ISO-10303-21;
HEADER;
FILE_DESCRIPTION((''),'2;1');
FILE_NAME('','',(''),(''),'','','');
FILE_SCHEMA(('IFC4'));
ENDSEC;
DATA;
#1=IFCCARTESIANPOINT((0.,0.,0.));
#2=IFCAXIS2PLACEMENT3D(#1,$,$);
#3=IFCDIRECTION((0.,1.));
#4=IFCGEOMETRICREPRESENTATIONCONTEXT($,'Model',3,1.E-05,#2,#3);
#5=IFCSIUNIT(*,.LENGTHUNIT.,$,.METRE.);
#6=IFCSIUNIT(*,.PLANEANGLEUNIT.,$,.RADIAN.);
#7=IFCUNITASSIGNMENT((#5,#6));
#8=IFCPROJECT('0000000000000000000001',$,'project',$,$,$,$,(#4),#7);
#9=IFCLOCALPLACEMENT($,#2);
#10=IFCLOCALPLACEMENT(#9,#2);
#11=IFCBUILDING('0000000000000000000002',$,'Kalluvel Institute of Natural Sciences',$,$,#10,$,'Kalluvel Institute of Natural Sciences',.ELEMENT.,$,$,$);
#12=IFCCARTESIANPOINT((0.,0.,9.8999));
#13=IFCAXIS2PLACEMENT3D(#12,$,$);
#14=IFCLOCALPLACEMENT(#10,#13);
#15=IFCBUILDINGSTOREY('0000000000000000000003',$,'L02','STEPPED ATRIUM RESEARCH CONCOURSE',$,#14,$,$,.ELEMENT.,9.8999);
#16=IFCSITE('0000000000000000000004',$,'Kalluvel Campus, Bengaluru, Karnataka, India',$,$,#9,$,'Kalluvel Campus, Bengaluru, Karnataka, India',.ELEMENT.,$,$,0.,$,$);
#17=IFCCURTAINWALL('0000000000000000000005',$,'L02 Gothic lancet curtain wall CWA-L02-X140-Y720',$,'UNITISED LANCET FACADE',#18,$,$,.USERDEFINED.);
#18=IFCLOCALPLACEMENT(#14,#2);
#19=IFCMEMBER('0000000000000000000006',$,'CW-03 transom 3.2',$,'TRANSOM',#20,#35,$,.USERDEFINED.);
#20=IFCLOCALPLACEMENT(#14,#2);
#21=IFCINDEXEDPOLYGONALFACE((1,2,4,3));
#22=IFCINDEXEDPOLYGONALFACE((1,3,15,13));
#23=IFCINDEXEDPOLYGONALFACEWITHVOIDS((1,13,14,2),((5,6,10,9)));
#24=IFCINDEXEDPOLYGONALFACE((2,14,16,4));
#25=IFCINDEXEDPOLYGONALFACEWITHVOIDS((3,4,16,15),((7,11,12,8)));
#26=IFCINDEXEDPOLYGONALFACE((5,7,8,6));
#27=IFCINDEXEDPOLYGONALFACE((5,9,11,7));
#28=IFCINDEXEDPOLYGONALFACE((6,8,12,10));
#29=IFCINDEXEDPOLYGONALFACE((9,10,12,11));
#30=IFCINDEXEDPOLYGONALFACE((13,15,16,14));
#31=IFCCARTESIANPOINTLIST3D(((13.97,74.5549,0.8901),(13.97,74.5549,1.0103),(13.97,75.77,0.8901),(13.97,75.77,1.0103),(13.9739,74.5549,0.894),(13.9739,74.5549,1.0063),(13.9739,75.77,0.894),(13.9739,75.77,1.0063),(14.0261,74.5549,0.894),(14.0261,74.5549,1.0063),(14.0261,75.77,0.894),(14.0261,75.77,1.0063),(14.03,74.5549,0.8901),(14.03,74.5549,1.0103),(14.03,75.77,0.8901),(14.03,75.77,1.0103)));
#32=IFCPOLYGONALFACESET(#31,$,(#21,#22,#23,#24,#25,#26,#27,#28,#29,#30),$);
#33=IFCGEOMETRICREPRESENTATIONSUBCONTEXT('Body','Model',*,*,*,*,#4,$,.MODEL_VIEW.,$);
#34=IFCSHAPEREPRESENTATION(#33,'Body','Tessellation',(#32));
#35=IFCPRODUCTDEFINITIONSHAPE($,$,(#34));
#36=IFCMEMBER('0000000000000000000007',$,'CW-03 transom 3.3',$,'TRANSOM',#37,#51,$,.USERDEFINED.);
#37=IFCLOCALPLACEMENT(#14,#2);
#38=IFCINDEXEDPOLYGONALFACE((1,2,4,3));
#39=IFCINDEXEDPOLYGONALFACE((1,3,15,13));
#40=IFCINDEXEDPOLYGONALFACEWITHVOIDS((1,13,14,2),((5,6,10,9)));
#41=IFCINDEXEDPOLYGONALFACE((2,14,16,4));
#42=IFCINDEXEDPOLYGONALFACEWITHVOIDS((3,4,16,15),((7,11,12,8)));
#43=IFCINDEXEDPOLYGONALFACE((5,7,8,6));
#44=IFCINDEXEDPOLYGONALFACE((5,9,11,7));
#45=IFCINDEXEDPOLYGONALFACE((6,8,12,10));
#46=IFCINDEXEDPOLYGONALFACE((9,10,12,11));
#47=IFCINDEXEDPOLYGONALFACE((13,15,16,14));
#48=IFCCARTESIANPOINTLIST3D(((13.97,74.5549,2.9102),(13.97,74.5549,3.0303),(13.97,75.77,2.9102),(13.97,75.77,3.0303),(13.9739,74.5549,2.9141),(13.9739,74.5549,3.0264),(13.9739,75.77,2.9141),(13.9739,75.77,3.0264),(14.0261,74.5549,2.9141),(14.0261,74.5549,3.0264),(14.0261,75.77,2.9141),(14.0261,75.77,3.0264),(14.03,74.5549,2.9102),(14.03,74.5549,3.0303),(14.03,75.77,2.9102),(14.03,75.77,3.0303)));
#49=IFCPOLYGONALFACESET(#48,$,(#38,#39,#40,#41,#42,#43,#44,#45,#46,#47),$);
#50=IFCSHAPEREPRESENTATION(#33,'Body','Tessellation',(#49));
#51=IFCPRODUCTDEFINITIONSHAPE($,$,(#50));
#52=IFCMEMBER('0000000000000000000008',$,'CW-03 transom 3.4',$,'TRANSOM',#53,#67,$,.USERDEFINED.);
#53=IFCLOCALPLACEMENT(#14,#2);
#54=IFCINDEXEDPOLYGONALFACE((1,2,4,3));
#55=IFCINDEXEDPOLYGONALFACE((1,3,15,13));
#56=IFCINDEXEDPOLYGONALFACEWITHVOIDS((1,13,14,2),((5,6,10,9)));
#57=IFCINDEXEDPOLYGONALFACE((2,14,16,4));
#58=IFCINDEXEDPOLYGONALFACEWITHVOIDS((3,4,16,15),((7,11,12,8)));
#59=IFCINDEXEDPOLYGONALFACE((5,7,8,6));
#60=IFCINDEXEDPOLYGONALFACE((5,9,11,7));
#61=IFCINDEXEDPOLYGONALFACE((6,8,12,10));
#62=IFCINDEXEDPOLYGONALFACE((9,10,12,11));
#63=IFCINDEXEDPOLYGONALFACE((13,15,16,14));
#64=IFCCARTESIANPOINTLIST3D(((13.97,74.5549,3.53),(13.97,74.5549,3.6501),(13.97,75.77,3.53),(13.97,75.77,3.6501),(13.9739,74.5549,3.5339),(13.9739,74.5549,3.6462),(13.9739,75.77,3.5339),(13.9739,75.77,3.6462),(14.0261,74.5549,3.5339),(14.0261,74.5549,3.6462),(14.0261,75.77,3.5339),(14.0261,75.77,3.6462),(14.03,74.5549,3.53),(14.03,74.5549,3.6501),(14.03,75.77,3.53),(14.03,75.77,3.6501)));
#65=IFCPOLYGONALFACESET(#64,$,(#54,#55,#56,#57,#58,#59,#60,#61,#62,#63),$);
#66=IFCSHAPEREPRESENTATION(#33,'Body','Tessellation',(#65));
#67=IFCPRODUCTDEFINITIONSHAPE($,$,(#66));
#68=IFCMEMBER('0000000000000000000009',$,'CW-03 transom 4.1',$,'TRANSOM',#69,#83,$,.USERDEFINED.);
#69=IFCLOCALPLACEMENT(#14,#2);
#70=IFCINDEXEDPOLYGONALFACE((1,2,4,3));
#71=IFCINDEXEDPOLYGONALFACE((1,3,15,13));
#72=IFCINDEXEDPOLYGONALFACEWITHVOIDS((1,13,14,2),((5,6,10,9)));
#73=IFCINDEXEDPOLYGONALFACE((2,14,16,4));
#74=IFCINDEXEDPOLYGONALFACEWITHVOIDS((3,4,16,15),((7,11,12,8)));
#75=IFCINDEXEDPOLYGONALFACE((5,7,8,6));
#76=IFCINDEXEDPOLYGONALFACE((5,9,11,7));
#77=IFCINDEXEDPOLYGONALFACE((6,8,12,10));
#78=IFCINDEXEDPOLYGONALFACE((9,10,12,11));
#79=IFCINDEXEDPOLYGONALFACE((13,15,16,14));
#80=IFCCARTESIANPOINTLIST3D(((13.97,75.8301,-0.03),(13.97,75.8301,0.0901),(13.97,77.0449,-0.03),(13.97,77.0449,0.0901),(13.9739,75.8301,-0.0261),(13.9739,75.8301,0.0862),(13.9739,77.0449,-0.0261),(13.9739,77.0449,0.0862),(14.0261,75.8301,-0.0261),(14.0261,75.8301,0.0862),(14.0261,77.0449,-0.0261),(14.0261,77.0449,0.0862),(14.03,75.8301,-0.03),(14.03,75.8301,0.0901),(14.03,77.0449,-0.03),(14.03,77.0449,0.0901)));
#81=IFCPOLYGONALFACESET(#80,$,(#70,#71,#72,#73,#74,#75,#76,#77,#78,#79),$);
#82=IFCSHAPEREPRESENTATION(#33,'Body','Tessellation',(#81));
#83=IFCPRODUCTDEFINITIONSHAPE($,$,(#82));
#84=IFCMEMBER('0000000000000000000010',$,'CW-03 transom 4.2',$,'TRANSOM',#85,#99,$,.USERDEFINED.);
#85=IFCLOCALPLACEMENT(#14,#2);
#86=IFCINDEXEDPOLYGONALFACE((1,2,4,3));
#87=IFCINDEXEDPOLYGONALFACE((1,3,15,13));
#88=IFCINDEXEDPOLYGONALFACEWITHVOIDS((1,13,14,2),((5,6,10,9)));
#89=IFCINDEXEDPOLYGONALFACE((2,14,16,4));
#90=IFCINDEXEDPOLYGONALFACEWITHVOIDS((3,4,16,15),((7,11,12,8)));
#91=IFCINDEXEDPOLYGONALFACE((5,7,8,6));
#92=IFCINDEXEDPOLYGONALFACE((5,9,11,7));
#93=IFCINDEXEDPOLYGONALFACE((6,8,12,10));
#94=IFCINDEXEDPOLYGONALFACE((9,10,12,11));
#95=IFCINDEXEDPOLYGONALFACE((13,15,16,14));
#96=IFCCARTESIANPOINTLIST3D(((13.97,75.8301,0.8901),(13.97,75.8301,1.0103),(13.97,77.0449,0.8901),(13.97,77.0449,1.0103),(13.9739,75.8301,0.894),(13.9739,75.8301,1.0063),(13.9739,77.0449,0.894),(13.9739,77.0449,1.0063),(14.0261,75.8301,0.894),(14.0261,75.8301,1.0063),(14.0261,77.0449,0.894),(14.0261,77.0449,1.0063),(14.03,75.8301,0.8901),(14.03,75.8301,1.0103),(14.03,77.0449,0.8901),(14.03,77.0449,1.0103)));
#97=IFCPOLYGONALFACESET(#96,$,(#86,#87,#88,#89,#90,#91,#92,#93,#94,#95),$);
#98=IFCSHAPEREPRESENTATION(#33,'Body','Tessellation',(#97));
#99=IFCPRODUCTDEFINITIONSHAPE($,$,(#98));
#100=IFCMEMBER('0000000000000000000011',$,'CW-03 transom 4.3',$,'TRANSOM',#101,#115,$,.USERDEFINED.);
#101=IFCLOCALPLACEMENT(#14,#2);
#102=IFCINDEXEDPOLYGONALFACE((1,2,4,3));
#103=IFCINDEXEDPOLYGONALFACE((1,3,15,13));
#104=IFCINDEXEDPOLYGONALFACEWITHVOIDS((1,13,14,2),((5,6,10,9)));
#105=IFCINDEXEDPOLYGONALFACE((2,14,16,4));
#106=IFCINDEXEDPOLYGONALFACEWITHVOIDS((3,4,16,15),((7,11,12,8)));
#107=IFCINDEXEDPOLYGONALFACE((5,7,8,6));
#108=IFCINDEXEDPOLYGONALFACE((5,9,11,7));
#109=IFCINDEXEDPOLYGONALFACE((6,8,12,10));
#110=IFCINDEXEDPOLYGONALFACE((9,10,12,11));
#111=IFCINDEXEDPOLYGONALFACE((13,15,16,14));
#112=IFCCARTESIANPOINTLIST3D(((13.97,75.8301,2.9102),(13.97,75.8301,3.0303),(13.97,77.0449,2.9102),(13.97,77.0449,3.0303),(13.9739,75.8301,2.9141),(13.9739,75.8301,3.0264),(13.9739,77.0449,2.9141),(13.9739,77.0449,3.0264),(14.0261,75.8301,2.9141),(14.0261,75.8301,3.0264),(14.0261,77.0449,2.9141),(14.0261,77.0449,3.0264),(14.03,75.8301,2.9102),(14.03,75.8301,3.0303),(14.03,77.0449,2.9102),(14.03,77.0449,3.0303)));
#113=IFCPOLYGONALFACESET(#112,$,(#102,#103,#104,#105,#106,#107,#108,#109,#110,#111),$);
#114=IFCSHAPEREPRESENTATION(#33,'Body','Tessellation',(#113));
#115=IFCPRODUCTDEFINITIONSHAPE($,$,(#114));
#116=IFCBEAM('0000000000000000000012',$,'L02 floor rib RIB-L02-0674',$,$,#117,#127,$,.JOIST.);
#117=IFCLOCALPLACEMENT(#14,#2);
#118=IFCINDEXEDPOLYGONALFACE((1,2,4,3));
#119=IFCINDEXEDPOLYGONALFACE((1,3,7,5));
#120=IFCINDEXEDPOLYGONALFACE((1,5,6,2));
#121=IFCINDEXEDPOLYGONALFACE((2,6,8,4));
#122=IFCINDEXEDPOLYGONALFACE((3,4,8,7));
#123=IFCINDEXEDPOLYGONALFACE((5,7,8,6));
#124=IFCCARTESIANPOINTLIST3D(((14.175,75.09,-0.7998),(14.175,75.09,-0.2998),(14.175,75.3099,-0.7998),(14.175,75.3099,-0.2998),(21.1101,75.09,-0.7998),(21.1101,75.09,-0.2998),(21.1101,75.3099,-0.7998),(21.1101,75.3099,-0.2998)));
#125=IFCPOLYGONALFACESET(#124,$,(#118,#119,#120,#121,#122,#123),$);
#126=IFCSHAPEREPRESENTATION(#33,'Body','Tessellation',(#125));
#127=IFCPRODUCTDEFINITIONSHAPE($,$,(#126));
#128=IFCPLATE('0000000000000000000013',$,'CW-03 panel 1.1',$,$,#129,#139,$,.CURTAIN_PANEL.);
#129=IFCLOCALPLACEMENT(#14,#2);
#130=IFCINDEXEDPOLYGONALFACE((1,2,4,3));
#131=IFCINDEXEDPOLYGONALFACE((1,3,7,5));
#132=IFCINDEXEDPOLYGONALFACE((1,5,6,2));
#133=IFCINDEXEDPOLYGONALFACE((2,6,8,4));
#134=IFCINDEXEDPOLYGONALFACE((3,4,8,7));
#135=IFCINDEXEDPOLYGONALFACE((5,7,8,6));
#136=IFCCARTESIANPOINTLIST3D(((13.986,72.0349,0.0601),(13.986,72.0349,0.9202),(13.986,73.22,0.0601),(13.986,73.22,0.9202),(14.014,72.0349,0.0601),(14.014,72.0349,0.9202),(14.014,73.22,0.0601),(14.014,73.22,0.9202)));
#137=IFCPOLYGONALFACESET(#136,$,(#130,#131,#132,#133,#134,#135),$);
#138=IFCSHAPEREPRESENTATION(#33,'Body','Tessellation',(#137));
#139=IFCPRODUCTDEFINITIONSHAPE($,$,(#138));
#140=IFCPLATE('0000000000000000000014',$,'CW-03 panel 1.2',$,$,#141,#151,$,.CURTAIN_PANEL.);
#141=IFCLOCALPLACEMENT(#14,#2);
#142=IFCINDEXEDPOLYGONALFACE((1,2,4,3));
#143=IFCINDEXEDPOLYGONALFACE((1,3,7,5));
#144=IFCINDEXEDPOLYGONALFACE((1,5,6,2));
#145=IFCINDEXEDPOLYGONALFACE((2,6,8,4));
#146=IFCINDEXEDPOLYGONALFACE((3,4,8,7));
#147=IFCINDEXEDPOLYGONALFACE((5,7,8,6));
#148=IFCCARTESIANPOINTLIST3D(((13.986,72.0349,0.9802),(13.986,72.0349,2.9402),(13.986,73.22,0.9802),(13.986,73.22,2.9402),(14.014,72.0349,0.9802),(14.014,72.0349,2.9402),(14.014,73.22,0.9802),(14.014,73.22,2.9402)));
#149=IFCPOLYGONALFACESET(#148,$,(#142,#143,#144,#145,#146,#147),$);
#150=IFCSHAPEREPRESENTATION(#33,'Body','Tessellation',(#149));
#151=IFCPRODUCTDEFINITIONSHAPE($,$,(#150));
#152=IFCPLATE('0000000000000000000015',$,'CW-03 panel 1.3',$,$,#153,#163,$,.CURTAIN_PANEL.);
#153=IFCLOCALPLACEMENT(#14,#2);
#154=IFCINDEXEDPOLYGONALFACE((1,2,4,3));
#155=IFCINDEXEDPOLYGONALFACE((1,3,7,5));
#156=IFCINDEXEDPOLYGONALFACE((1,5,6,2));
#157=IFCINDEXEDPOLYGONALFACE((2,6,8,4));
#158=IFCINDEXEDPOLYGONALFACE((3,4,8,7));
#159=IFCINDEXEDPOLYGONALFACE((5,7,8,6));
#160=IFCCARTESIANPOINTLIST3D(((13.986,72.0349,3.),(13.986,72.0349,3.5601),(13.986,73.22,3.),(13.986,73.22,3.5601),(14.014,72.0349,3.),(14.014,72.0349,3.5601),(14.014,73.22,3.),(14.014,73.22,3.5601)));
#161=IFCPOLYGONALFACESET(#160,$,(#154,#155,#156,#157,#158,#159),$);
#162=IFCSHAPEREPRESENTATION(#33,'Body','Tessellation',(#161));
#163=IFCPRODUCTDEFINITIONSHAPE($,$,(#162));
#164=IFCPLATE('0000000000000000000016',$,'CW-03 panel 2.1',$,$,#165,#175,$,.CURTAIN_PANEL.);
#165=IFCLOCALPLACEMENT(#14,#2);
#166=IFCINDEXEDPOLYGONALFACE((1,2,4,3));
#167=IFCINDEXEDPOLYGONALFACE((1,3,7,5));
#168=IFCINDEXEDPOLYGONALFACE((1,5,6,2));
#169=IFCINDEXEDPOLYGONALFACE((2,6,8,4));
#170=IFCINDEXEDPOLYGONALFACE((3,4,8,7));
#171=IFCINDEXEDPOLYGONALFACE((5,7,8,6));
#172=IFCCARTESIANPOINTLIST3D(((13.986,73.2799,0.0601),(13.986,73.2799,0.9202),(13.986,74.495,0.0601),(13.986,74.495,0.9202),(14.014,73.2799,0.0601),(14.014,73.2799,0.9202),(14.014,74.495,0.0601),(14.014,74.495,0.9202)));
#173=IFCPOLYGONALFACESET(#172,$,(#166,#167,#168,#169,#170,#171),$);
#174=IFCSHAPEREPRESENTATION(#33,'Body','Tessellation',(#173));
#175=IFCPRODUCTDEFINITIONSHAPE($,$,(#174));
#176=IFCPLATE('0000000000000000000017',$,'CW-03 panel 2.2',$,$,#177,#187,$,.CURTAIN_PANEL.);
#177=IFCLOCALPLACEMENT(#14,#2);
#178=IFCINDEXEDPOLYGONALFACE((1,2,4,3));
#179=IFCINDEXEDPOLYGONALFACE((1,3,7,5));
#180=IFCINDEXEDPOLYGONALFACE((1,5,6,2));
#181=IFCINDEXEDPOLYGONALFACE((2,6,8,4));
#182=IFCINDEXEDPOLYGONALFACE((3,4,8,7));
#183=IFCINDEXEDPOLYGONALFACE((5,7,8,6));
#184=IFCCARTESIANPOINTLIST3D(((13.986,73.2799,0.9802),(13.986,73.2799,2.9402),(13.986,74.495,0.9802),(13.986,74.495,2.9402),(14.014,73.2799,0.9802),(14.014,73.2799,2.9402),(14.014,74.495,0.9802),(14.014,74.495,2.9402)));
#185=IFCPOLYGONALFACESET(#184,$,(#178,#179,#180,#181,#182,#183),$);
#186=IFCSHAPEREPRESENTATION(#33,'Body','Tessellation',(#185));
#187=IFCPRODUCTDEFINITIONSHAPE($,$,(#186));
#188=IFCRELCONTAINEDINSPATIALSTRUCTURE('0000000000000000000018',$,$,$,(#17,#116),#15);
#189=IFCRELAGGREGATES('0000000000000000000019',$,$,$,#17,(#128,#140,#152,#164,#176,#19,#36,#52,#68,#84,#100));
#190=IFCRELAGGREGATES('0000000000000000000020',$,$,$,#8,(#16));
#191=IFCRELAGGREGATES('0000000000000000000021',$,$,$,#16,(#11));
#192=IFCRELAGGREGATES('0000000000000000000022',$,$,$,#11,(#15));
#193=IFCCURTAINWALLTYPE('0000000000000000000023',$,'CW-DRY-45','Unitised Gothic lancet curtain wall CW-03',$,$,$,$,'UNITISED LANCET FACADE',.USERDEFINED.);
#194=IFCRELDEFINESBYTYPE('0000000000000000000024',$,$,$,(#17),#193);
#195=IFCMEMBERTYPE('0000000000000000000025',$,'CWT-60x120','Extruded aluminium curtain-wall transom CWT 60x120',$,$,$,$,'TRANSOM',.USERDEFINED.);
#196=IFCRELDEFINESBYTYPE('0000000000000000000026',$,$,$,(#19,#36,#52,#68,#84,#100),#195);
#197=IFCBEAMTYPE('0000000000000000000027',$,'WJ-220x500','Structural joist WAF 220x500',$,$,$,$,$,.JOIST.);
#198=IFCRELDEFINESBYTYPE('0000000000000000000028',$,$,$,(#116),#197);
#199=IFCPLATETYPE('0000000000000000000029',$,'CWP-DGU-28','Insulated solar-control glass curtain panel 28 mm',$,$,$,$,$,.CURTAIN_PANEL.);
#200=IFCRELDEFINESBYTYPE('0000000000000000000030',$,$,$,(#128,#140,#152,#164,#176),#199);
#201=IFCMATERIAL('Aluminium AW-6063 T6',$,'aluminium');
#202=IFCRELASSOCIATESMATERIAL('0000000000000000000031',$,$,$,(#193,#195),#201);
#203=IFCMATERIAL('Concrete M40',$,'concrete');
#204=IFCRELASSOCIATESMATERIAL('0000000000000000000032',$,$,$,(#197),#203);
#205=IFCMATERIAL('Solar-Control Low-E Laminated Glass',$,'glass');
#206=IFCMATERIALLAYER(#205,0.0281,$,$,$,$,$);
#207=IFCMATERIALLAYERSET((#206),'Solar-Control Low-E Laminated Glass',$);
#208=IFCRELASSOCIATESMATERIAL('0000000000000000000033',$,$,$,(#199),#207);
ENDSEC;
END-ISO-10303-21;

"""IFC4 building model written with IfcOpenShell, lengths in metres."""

from ifc_helpers import new_model, si_unit, direction, frame, origin, origin_2d, place, context, subcontext, project, spatial, rectangle, hollow_rectangle, extrude, material, layer, layer_set, material_profile, profile_set, type_object, element, aggregate, save


model = new_model("IFC4")

# Units and contexts
model_context = context("Model", 3, precision=1e-05, world=origin(), true_north=direction((0.0, 1.0)))
body_context = subcontext(model_context, "Body", "Model", "MODEL_VIEW")
ifc_project = project(units=[si_unit("LENGTHUNIT", "METRE"), si_unit("PLANEANGLEUNIT", "RADIAN")], contexts=[model_context])

# Site, building, storey
site_placement = place(None, origin())
site = spatial("IfcSite", under=ifc_project, at=site_placement, Name="Kalluvel Campus, Bengaluru, Karnataka, India", LongName="Kalluvel Campus, Bengaluru, Karnataka, India", CompositionType="ELEMENT", RefElevation=0.0)
building_placement = place(site_placement, origin())
building = spatial("IfcBuilding", under=site, at=building_placement, Name="Kalluvel Institute of Natural Sciences", LongName="Kalluvel Institute of Natural Sciences", CompositionType="ELEMENT")
storey_placement = place(building_placement, frame((0.0, 0.0, 9.8999)))
storey = spatial("IfcBuildingStorey", under=building, at=storey_placement, Name="L02", Description="STEPPED ATRIUM RESEARCH CONCOURSE", CompositionType="ELEMENT", Elevation=9.8999)

# Curtain wall, members
ifc_material_1 = material(Name="Aluminium AW-6063 T6", Category="aluminium")
curtain_wall_type = type_object("IfcCurtainWallType", Name="CW-DRY-45", Description="Unitised Gothic lancet curtain wall CW-03", ElementType="UNITISED LANCET FACADE", PredefinedType="USERDEFINED", material=ifc_material_1)
curtain_wall_placement = place(storey_placement, origin())
curtain_wall = element("IfcCurtainWall", 1, at=curtain_wall_placement, inside=storey, type_object=curtain_wall_type, Name="L02 Gothic lancet curtain wall CWA-L02-X140-Y720", ObjectType="UNITISED LANCET FACADE", PredefinedType="USERDEFINED")
ifc_material_profile_1 = material_profile(ifc_material_1, hollow_rectangle(XDim=0.0601, YDim=0.1201, WallThickness=0.0039, at=origin_2d()), Name="CWT 60x120")
ifc_profile_set_1 = profile_set([ifc_material_profile_1], Name="Aluminium AW-6063 T6")
member_type_1 = type_object("IfcMemberType", Name="CWT-60x120", Description="Extruded aluminium curtain-wall transom CWT 60x120", ElementType="TRANSOM", PredefinedType="USERDEFINED", material=ifc_profile_set_1)
member_1_placement = place(storey_placement, frame((14.0, 74.5549, 0.9502), z_axis=(0.0, 1.0, 0.0), x_axis=(-1.0, 0.0, 0.0)))
member_1 = element("IfcMember", 2, at=member_1_placement, type_object=member_type_1, Name="CW-03 transom 3.2", ObjectType="TRANSOM", PredefinedType="USERDEFINED", context=body_context, shape_type="SweptSolid", body=[
    extrude(hollow_rectangle(XDim=0.0601, YDim=0.1201, WallThickness=0.0039, at=origin_2d()), origin(), (0.0, 0.0, 1.0), 1.2151),
])
member_2_placement = place(storey_placement, frame((14.0, 74.5549, 2.9702), z_axis=(0.0, 1.0, 0.0), x_axis=(-1.0, 0.0, 0.0)))
member_2 = element("IfcMember", 3, at=member_2_placement, type_object=member_type_1, Name="CW-03 transom 3.3", ObjectType="TRANSOM", PredefinedType="USERDEFINED", context=body_context, shape_type="SweptSolid", body=[
    extrude(hollow_rectangle(XDim=0.0601, YDim=0.1201, WallThickness=0.0039, at=origin_2d()), origin(), (0.0, 0.0, 1.0), 1.2151),
])
member_3_placement = place(storey_placement, frame((14.0, 74.5549, 3.5901), z_axis=(0.0, 1.0, 0.0), x_axis=(-1.0, 0.0, 0.0)))
member_3 = element("IfcMember", 4, at=member_3_placement, type_object=member_type_1, Name="CW-03 transom 3.4", ObjectType="TRANSOM", PredefinedType="USERDEFINED", context=body_context, shape_type="SweptSolid", body=[
    extrude(hollow_rectangle(XDim=0.0601, YDim=0.1201, WallThickness=0.0039, at=origin_2d()), origin(), (0.0, 0.0, 1.0), 1.2151),
])
member_4_placement = place(storey_placement, frame((14.0, 75.8301, 0.03), z_axis=(0.0, 1.0, 0.0), x_axis=(-1.0, 0.0, 0.0)))
member_4 = element("IfcMember", 5, at=member_4_placement, type_object=member_type_1, Name="CW-03 transom 4.1", ObjectType="TRANSOM", PredefinedType="USERDEFINED", context=body_context, shape_type="SweptSolid", body=[
    extrude(hollow_rectangle(XDim=0.0601, YDim=0.1201, WallThickness=0.0039, at=origin_2d()), origin(), (0.0, 0.0, 1.0), 1.2148),
])
member_5_placement = place(storey_placement, frame((14.0, 75.8301, 0.9502), z_axis=(0.0, 1.0, 0.0), x_axis=(-1.0, 0.0, 0.0)))
member_5 = element("IfcMember", 6, at=member_5_placement, type_object=member_type_1, Name="CW-03 transom 4.2", ObjectType="TRANSOM", PredefinedType="USERDEFINED", context=body_context, shape_type="SweptSolid", body=[
    extrude(hollow_rectangle(XDim=0.0601, YDim=0.1201, WallThickness=0.0039, at=origin_2d()), origin(), (0.0, 0.0, 1.0), 1.2148),
])
member_6_placement = place(storey_placement, frame((14.0, 75.8301, 2.9702), z_axis=(0.0, 1.0, 0.0), x_axis=(-1.0, 0.0, 0.0)))
member_6 = element("IfcMember", 7, at=member_6_placement, type_object=member_type_1, Name="CW-03 transom 4.3", ObjectType="TRANSOM", PredefinedType="USERDEFINED", context=body_context, shape_type="SweptSolid", body=[
    extrude(hollow_rectangle(XDim=0.0601, YDim=0.1201, WallThickness=0.0039, at=origin_2d()), origin(), (0.0, 0.0, 1.0), 1.2148),
])

# Beam
ifc_material_2 = material(Name="Concrete M40", Category="concrete")
ifc_material_profile_2 = material_profile(ifc_material_2, rectangle(XDim=0.22, YDim=0.5, at=origin_2d()), Name="WAF 220x500")
ifc_profile_set_2 = profile_set([ifc_material_profile_2], Name="Concrete M40")
beam_type = type_object("IfcBeamType", Name="WJ-220x500", Description="Structural joist WAF 220x500", PredefinedType="JOIST", material=ifc_profile_set_2)
beam_placement = place(storey_placement, frame((14.175, 75.2, -0.5498), z_axis=(1.0, 0.0, 0.0), x_axis=(0.0, 1.0, 0.0)))
element("IfcBeam", 8, at=beam_placement, inside=storey, type_object=beam_type, Name="L02 floor rib RIB-L02-0674", PredefinedType="JOIST", context=body_context, shape_type="SweptSolid", body=[
    extrude(rectangle(XDim=0.22, YDim=0.5, at=origin_2d()), origin(), (0.0, 0.0, 1.0), 6.9351),
])

# Plates
ifc_material_3 = material(Name="Solar-Control Low-E Laminated Glass", Category="glass")
ifc_layer = layer(ifc_material_3, 0.0281)
ifc_layer_set = layer_set([ifc_layer], Name="Solar-Control Low-E Laminated Glass")
plate_type = type_object("IfcPlateType", Name="CWP-DGU-28", Description="Insulated solar-control glass curtain panel 28 mm", PredefinedType="CURTAIN_PANEL", material=ifc_layer_set)
plate_1_placement = place(storey_placement, frame((14.0, 72.6274, 0.0601), z_axis=(0.0, 0.0, 1.0), x_axis=(0.0, 1.0, 0.0)))
plate_1 = element("IfcPlate", 9, at=plate_1_placement, type_object=plate_type, Name="CW-03 panel 1.1", PredefinedType="CURTAIN_PANEL", context=body_context, shape_type="SweptSolid", body=[
    extrude(rectangle(XDim=1.1851, YDim=0.0281, at=origin_2d()), origin(), (0.0, 0.0, 1.0), 0.8601),
])
plate_2_placement = place(storey_placement, frame((14.0, 72.6274, 0.9802), z_axis=(0.0, 0.0, 1.0), x_axis=(0.0, 1.0, 0.0)))
plate_2 = element("IfcPlate", 10, at=plate_2_placement, type_object=plate_type, Name="CW-03 panel 1.2", PredefinedType="CURTAIN_PANEL", context=body_context, shape_type="SweptSolid", body=[
    extrude(rectangle(XDim=1.1851, YDim=0.0281, at=origin_2d()), origin(), (0.0, 0.0, 1.0), 1.96),
])
plate_3_placement = place(storey_placement, frame((14.0, 72.6274, 3.0), z_axis=(0.0, 0.0, 1.0), x_axis=(0.0, 1.0, 0.0)))
plate_3 = element("IfcPlate", 11, at=plate_3_placement, type_object=plate_type, Name="CW-03 panel 1.3", PredefinedType="CURTAIN_PANEL", context=body_context, shape_type="SweptSolid", body=[
    extrude(rectangle(XDim=1.1851, YDim=0.0281, at=origin_2d()), origin(), (0.0, 0.0, 1.0), 0.5601),
])
plate_4_placement = place(storey_placement, frame((14.0, 73.8875, 0.0601), z_axis=(0.0, 0.0, 1.0), x_axis=(0.0, 1.0, 0.0)))
plate_4 = element("IfcPlate", 12, at=plate_4_placement, type_object=plate_type, Name="CW-03 panel 2.1", PredefinedType="CURTAIN_PANEL", context=body_context, shape_type="SweptSolid", body=[
    extrude(rectangle(XDim=1.2151, YDim=0.0281, at=origin_2d()), origin(), (0.0, 0.0, 1.0), 0.8601),
])
plate_5_placement = place(storey_placement, frame((14.0, 73.8875, 0.9802), z_axis=(0.0, 0.0, 1.0), x_axis=(0.0, 1.0, 0.0)))
plate_5 = element("IfcPlate", 13, at=plate_5_placement, type_object=plate_type, Name="CW-03 panel 2.2", PredefinedType="CURTAIN_PANEL", context=body_context, shape_type="SweptSolid", body=[
    extrude(rectangle(XDim=1.2151, YDim=0.0281, at=origin_2d()), origin(), (0.0, 0.0, 1.0), 1.96),
])
aggregate(curtain_wall, [plate_1, plate_2, plate_3, plate_4, plate_5, member_1, member_2, member_3, member_4, member_5, member_6])

save(model, "model.ifc")
